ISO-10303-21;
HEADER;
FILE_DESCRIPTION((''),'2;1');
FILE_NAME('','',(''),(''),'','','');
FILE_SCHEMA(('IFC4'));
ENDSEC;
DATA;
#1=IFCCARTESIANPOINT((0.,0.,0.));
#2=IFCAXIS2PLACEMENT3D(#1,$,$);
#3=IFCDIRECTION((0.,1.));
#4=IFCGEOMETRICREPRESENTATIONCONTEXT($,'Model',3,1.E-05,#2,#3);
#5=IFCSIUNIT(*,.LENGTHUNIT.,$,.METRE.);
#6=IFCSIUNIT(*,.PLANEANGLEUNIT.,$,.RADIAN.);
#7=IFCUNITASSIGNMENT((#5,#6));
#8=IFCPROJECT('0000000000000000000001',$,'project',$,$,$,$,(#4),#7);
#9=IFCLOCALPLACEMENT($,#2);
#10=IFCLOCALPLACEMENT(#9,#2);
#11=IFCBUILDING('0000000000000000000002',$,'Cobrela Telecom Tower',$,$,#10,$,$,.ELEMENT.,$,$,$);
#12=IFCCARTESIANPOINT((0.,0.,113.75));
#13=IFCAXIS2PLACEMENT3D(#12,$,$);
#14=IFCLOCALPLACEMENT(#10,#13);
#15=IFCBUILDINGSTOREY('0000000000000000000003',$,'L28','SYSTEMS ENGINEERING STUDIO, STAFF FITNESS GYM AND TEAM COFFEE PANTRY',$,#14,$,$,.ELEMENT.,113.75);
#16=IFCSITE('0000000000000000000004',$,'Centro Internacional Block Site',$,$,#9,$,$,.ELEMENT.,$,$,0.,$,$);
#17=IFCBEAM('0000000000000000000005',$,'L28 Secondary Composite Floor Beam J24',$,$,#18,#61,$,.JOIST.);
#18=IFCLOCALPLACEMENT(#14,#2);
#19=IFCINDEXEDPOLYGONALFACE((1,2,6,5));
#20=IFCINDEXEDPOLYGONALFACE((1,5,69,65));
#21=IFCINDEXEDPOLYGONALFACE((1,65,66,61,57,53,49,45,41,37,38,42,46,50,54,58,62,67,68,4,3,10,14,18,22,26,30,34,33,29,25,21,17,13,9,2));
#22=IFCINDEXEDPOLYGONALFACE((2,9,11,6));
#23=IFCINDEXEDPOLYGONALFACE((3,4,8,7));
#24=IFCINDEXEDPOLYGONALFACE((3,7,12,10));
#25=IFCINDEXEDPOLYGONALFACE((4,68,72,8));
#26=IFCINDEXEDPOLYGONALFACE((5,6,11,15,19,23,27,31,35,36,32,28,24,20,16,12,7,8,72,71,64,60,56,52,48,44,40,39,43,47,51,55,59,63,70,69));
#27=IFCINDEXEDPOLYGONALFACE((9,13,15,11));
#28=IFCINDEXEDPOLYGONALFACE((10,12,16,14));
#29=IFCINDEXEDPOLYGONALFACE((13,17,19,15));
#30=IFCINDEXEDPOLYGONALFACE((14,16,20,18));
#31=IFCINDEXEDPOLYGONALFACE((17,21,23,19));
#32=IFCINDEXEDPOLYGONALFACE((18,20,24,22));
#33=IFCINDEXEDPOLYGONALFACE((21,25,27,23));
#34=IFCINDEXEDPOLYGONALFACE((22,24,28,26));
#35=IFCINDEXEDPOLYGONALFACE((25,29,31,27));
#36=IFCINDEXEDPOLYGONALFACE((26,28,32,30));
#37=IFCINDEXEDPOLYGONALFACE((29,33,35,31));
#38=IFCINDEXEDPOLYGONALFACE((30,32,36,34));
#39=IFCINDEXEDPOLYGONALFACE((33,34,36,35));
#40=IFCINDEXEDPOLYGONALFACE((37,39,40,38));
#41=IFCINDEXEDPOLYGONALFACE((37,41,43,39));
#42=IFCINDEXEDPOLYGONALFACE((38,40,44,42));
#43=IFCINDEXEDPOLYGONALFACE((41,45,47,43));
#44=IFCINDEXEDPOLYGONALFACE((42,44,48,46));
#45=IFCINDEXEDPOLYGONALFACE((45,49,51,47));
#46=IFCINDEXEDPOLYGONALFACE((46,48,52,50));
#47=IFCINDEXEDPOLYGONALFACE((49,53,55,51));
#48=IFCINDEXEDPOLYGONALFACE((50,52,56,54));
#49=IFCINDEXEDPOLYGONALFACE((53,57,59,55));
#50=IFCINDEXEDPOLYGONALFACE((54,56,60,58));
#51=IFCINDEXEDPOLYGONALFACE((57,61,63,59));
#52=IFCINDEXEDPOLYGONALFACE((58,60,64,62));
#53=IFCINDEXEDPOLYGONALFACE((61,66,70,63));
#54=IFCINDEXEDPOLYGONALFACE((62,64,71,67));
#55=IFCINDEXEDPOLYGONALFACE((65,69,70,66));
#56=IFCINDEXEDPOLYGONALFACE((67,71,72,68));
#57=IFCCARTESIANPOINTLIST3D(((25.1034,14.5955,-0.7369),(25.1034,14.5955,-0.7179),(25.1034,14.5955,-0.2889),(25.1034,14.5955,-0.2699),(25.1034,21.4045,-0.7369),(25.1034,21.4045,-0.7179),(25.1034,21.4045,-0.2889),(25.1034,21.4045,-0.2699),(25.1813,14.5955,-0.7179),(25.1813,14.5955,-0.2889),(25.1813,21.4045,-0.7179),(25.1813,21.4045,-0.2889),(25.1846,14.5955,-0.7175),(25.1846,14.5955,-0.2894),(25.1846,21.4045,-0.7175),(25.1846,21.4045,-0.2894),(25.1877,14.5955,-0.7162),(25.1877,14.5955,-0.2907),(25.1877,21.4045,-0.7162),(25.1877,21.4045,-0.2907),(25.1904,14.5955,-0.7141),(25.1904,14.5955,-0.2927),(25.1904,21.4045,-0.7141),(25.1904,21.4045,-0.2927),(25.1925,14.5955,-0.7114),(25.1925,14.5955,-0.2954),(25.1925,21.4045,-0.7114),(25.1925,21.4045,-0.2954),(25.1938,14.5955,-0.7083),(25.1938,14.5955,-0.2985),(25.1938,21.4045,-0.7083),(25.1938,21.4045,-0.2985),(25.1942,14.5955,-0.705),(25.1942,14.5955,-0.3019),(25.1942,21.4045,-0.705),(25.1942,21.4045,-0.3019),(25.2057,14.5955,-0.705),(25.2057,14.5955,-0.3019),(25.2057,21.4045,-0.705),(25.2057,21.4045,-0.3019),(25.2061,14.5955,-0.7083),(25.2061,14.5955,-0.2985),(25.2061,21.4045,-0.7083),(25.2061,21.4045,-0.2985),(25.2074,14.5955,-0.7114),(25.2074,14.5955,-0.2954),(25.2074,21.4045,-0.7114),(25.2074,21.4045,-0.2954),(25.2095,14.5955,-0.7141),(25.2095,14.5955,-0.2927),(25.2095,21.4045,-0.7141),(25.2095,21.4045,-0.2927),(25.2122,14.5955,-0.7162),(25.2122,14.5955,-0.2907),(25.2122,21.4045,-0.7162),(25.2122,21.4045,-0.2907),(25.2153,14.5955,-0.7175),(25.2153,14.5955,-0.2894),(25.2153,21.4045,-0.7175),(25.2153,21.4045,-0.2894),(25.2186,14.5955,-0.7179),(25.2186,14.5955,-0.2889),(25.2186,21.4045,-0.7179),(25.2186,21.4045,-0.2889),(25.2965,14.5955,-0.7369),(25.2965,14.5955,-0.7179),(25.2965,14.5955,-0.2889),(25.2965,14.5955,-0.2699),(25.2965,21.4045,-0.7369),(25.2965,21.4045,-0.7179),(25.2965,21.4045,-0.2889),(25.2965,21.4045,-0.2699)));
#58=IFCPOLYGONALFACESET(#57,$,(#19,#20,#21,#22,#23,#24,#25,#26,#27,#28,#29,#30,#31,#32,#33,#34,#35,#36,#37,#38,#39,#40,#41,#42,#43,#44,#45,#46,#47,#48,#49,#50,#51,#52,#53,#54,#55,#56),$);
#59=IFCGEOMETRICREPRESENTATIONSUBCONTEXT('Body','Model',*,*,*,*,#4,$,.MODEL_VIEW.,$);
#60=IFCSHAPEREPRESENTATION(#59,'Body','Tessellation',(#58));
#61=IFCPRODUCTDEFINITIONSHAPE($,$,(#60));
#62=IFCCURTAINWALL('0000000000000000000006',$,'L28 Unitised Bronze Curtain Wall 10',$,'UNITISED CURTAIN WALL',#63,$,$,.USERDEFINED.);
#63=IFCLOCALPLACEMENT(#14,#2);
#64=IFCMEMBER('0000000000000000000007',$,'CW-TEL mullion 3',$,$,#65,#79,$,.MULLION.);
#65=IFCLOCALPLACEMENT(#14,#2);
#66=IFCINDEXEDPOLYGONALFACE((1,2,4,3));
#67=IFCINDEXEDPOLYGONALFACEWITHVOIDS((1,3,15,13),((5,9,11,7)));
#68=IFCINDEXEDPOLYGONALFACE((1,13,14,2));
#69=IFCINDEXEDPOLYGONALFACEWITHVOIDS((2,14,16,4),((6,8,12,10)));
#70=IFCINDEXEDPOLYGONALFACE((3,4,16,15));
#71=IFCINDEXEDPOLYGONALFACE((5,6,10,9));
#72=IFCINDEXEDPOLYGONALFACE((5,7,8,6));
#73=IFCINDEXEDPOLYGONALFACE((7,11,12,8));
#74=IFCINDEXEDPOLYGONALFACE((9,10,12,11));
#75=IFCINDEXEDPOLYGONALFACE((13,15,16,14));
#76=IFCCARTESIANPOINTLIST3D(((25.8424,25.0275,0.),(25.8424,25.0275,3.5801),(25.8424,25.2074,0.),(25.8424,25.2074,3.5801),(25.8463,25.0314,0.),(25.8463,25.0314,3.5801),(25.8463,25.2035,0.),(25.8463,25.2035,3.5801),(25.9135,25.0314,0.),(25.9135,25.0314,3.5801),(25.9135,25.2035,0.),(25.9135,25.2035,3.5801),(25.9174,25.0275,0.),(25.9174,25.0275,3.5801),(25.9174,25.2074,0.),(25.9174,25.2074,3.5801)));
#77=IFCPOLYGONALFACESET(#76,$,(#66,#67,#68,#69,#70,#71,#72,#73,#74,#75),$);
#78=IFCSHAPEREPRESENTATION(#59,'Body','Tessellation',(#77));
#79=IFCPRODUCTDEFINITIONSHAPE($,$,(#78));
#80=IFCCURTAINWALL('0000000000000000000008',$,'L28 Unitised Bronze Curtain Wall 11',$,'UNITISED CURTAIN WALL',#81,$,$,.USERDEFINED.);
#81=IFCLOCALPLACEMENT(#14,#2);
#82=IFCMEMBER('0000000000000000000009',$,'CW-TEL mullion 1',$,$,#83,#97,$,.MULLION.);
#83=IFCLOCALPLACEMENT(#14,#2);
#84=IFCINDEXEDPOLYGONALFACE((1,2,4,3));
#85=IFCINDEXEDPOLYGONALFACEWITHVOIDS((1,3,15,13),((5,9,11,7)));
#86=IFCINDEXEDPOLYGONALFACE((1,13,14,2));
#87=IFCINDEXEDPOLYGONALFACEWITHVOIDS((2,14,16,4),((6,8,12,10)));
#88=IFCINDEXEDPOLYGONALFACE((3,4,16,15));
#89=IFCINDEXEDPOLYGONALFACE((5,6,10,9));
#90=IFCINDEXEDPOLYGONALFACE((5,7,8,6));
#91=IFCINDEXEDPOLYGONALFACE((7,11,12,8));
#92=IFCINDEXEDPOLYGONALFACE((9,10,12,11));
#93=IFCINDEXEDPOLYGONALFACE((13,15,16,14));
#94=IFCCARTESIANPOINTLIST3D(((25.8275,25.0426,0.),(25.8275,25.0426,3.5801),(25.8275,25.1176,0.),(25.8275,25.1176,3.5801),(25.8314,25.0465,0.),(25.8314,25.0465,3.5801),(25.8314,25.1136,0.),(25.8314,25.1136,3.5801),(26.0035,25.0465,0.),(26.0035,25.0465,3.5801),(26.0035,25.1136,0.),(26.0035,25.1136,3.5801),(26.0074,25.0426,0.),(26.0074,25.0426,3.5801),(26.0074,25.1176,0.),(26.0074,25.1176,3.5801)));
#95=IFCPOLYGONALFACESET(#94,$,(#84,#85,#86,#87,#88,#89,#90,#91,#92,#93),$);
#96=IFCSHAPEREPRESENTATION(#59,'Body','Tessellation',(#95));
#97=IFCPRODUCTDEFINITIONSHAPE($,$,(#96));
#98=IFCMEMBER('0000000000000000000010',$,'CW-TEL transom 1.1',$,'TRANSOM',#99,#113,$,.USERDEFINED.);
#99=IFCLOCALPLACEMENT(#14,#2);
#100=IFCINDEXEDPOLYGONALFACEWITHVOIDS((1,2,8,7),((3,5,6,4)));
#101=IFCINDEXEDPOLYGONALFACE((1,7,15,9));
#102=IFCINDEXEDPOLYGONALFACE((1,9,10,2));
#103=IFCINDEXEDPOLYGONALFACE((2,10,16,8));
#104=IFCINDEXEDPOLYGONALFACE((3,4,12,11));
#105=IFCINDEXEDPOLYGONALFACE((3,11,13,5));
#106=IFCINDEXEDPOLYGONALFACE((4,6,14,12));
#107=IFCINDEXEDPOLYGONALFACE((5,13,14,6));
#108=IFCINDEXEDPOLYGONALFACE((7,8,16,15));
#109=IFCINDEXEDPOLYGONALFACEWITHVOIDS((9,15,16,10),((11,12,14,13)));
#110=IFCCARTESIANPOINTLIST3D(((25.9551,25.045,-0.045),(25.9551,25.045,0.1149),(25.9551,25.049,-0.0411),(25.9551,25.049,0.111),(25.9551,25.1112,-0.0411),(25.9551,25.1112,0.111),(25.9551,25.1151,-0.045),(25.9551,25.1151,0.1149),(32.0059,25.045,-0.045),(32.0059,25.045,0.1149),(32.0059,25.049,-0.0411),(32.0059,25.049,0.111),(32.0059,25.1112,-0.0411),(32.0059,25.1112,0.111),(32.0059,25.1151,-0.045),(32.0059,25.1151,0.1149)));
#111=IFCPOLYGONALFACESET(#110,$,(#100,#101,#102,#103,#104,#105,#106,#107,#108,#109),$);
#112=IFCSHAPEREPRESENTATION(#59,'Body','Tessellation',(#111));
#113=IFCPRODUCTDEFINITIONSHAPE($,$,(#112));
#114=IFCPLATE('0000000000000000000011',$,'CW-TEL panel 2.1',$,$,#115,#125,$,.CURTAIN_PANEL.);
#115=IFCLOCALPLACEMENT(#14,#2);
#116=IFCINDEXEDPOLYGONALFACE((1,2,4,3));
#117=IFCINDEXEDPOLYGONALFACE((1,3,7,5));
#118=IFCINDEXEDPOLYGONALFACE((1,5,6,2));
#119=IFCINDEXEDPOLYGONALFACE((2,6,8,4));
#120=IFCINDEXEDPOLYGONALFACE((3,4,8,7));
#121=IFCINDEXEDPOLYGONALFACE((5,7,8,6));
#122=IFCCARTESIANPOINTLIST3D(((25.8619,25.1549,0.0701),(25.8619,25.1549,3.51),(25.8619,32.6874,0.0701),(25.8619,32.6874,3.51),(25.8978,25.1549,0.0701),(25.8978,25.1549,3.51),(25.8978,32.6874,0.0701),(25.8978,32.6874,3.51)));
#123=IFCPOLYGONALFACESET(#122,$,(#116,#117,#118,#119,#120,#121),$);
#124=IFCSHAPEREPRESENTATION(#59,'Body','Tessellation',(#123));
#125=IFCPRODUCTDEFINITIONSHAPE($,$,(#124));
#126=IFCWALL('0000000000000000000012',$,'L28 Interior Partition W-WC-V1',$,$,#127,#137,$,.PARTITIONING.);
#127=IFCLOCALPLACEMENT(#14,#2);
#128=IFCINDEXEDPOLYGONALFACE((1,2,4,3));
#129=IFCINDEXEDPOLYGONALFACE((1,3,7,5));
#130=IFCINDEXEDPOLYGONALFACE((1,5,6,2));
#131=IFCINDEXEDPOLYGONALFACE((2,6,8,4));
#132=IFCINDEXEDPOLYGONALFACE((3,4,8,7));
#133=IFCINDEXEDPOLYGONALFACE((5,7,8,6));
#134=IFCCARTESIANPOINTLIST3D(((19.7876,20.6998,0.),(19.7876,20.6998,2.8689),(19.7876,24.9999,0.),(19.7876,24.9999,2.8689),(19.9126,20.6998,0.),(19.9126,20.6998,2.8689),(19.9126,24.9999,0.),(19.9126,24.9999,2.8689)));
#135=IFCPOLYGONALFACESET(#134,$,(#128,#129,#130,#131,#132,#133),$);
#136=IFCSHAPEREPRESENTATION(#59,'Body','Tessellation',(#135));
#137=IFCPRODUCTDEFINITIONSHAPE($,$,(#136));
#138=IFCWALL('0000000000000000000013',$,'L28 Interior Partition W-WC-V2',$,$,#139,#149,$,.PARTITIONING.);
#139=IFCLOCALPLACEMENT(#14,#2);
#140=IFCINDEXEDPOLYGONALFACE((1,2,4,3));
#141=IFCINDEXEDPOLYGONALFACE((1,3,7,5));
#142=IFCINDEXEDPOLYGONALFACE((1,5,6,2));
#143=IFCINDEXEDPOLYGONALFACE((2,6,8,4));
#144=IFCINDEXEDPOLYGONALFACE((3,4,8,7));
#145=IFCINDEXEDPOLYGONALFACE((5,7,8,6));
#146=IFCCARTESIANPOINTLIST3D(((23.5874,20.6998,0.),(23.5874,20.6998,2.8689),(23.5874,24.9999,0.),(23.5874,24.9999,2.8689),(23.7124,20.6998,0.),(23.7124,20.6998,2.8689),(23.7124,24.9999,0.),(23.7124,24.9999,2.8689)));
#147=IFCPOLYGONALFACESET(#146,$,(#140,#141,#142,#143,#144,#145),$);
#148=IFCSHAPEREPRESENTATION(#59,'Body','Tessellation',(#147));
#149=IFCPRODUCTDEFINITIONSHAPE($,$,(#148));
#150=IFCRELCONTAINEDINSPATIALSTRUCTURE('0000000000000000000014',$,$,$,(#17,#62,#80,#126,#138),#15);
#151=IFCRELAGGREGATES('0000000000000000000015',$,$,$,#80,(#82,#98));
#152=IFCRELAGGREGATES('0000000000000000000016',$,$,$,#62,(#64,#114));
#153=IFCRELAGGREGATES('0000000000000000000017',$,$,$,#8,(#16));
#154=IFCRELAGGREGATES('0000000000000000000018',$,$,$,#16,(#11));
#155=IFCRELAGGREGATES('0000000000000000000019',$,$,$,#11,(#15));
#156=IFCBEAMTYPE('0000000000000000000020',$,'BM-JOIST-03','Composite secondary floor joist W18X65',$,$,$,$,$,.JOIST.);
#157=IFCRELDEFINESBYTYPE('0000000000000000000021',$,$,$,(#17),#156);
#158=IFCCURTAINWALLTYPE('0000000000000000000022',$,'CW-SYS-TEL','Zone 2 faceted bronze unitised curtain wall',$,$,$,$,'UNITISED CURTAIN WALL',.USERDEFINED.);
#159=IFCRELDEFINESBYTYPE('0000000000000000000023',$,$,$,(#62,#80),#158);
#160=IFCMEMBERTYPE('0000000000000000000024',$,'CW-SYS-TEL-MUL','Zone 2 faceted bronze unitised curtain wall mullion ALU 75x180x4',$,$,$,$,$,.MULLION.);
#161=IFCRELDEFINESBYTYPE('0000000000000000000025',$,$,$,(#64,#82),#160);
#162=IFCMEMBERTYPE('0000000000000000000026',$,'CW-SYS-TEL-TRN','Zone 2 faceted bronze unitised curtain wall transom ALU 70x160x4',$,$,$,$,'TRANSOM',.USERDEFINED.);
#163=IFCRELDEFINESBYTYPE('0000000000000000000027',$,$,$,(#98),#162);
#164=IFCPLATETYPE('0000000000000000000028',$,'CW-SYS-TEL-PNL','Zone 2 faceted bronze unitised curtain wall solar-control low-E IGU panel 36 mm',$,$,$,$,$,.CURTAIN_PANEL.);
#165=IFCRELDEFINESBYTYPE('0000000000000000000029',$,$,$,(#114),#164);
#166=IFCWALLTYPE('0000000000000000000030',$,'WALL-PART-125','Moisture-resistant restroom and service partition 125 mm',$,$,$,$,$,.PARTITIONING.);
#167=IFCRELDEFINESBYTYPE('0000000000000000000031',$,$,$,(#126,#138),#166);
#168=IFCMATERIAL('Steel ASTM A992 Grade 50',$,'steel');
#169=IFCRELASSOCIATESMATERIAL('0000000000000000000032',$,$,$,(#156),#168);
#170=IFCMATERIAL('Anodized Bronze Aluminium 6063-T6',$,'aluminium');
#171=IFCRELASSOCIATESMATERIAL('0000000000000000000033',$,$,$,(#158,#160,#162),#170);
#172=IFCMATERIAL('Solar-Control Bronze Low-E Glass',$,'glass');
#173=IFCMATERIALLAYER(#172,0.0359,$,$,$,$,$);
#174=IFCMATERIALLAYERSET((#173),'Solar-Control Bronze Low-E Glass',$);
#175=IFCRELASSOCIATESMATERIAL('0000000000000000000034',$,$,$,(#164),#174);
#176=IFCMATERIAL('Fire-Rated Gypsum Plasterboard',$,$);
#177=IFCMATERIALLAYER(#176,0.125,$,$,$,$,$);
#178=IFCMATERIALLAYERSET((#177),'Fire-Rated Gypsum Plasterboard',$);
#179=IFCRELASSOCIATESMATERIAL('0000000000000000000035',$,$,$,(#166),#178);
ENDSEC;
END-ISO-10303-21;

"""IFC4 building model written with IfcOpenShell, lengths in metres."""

from ifc_helpers import new_model, si_unit, direction, frame, frame_2d, origin, origin_2d, place, context, subcontext, project, spatial, rectangle, hollow_rectangle, i_section, extrude, material, layer, layer_set, material_profile, profile_set, type_object, element, aggregate, save


model = new_model("IFC4")

# Units and contexts
model_context = context("Model", 3, precision=1e-05, world=origin(), true_north=direction((0.0, 1.0)))
body_context = subcontext(model_context, "Body", "Model", "MODEL_VIEW")
ifc_project = project(units=[si_unit("LENGTHUNIT", "METRE"), si_unit("PLANEANGLEUNIT", "RADIAN")], contexts=[model_context])

# Site, building, storey
site_placement = place(None, origin())
site = spatial("IfcSite", under=ifc_project, at=site_placement, Name="Centro Internacional Block Site", CompositionType="ELEMENT", RefElevation=0.0)
building_placement = place(site_placement, origin())
building = spatial("IfcBuilding", under=site, at=building_placement, Name="Cobrela Telecom Tower", CompositionType="ELEMENT")
storey_placement = place(building_placement, frame((0.0, 0.0, 113.75)))
storey = spatial("IfcBuildingStorey", under=building, at=storey_placement, Name="L28", Description="SYSTEMS ENGINEERING STUDIO, STAFF FITNESS GYM AND TEAM COFFEE PANTRY", CompositionType="ELEMENT", Elevation=113.75)

# Shared definitions
ifc_material_1 = material(Name="Steel ASTM A992 Grade 50", Category="steel")

# Beam
ifc_material_profile_1 = material_profile(ifc_material_1, i_section(OverallWidth=0.1931, OverallDepth=0.467, WebThickness=0.0115, FlangeThickness=0.019, FilletRadius=0.0129, at=origin_2d()), Name="W18X65")
ifc_profile_set_1 = profile_set([ifc_material_profile_1], Name="Steel ASTM A992 Grade 50")
beam_type_1 = type_object("IfcBeamType", Name="BM-JOIST-03", Description="Composite secondary floor joist W18X65", PredefinedType="JOIST", material=ifc_profile_set_1)
beam_1_placement = place(storey_placement, frame((25.2, 14.5955, -0.5034), z_axis=(0.0, 1.0, 0.0), x_axis=(-1.0, 0.0, 0.0)))
element("IfcBeam", 1, at=beam_1_placement, inside=storey, type_object=beam_type_1, Name="L28 Secondary Composite Floor Beam J24", PredefinedType="JOIST", context=body_context, shape_type="SweptSolid", body=[
    extrude(i_section(OverallWidth=0.1931, OverallDepth=0.467, WebThickness=0.0115, FlangeThickness=0.019, FilletRadius=0.0129, at=origin_2d()), origin(), (0.0, 0.0, 1.0), 6.8091),
])

# Curtain wall, member
ifc_material_2 = material(Name="Anodized Bronze Aluminium 6063-T6", Category="aluminium")
curtain_wall_type = type_object("IfcCurtainWallType", Name="CW-SYS-TEL", Description="Zone 2 faceted bronze unitised curtain wall", ElementType="UNITISED CURTAIN WALL", PredefinedType="USERDEFINED", material=ifc_material_2)
curtain_wall_1_placement = place(storey_placement, origin())
curtain_wall_1 = element("IfcCurtainWall", 2, at=curtain_wall_1_placement, inside=storey, type_object=curtain_wall_type, Name="L28 Unitised Bronze Curtain Wall 10", ObjectType="UNITISED CURTAIN WALL", PredefinedType="USERDEFINED")
ifc_material_profile_2 = material_profile(ifc_material_2, hollow_rectangle(XDim=0.075, YDim=0.1799, WallThickness=0.0039, at=origin_2d()), Name="ALU 75x180x4")
ifc_profile_set_2 = profile_set([ifc_material_profile_2], Name="Anodized Bronze Aluminium 6063-T6")
member_type_1 = type_object("IfcMemberType", Name="CW-SYS-TEL-MUL", Description="Zone 2 faceted bronze unitised curtain wall mullion ALU 75x180x4", PredefinedType="MULLION", material=ifc_profile_set_2)
member_1_placement = place(storey_placement, frame((25.8799, 25.1174, 0.0), z_axis=(0.0, 0.0, 1.0), x_axis=(1.0, 0.0, 0.0)))
member_1 = element("IfcMember", 3, at=member_1_placement, type_object=member_type_1, Name="CW-TEL mullion 3", PredefinedType="MULLION", context=body_context, shape_type="SweptSolid", body=[
    extrude(hollow_rectangle(XDim=0.075, YDim=0.1799, WallThickness=0.0039, at=origin_2d()), origin(), (0.0, 0.0, 1.0), 3.5801),
])

# Curtain wall, members
curtain_wall_2_placement = place(storey_placement, origin())
curtain_wall_2 = element("IfcCurtainWall", 4, at=curtain_wall_2_placement, inside=storey, type_object=curtain_wall_type, Name="L28 Unitised Bronze Curtain Wall 11", ObjectType="UNITISED CURTAIN WALL", PredefinedType="USERDEFINED")
member_2_placement = place(storey_placement, frame((25.9175, 25.0801, 0.0), z_axis=(0.0, 0.0, 1.0), x_axis=(0.0, 1.0, 0.0)))
member_2 = element("IfcMember", 5, at=member_2_placement, type_object=member_type_1, Name="CW-TEL mullion 1", PredefinedType="MULLION", context=body_context, shape_type="SweptSolid", body=[
    extrude(hollow_rectangle(XDim=0.075, YDim=0.1799, WallThickness=0.0039, at=origin_2d()), origin(), (0.0, 0.0, 1.0), 3.5801),
])
ifc_material_profile_3 = material_profile(ifc_material_2, hollow_rectangle(XDim=0.0701, YDim=0.1599, WallThickness=0.0039, at=origin_2d()), Name="ALU 70x160x4")
ifc_profile_set_3 = profile_set([ifc_material_profile_3], Name="Anodized Bronze Aluminium 6063-T6")
member_type_2 = type_object("IfcMemberType", Name="CW-SYS-TEL-TRN", Description="Zone 2 faceted bronze unitised curtain wall transom ALU 70x160x4", ElementType="TRANSOM", PredefinedType="USERDEFINED", material=ifc_profile_set_3)
member_3_placement = place(storey_placement, frame((25.9551, 25.0801, 0.0349), z_axis=(1.0, 0.0, 0.0), x_axis=(0.0, 1.0, 0.0)))
member_3 = element("IfcMember", 6, at=member_3_placement, type_object=member_type_2, Name="CW-TEL transom 1.1", ObjectType="TRANSOM", PredefinedType="USERDEFINED", context=body_context, shape_type="SweptSolid", body=[
    extrude(hollow_rectangle(XDim=0.0701, YDim=0.1599, WallThickness=0.0039, at=origin_2d()), origin(), (0.0, 0.0, 1.0), 6.0508),
])
aggregate(curtain_wall_2, [member_2, member_3])

# Plate
ifc_material_3 = material(Name="Solar-Control Bronze Low-E Glass", Category="glass")
ifc_layer_1 = layer(ifc_material_3, 0.0359)
ifc_layer_set_1 = layer_set([ifc_layer_1], Name="Solar-Control Bronze Low-E Glass")
plate_type = type_object("IfcPlateType", Name="CW-SYS-TEL-PNL", Description="Zone 2 faceted bronze unitised curtain wall solar-control low-E IGU panel 36 mm", PredefinedType="CURTAIN_PANEL", material=ifc_layer_set_1)
plate_placement = place(storey_placement, frame((25.8799, 28.9211, 0.0701), z_axis=(0.0, 0.0, 1.0), x_axis=(0.0, -1.0, 0.0)))
plate = element("IfcPlate", 7, at=plate_placement, type_object=plate_type, Name="CW-TEL panel 2.1", PredefinedType="CURTAIN_PANEL", context=body_context, shape_type="SweptSolid", body=[
    extrude(rectangle(XDim=7.5325, YDim=0.0359, at=origin_2d()), origin(), (0.0, 0.0, 1.0), 3.4399),
])
aggregate(curtain_wall_1, [member_1, plate])

# Walls
ifc_material_4 = material(Name="Fire-Rated Gypsum Plasterboard")
ifc_layer_2 = layer(ifc_material_4, 0.125)
ifc_layer_set_2 = layer_set([ifc_layer_2], Name="Fire-Rated Gypsum Plasterboard")
wall_type = type_object("IfcWallType", Name="WALL-PART-125", Description="Moisture-resistant restroom and service partition 125 mm", PredefinedType="PARTITIONING", material=ifc_layer_set_2)
for number, where, z_axis, x_axis, name in (
    (8, (19.8501, 20.7, 0.0), (0.0, 0.0, 1.0), (0.0, 1.0, 0.0), "L28 Interior Partition W-WC-V1"),
    (9, (23.6499, 20.7, 0.0), (0.0, 0.0, 1.0), (0.0, 1.0, 0.0), "L28 Interior Partition W-WC-V2"),
):
    element("IfcWall", number, at=place(storey_placement, frame(where, z_axis=z_axis, x_axis=x_axis)), inside=storey, type_object=wall_type, Name=name, PredefinedType="PARTITIONING", context=body_context, shape_type="SweptSolid", body=[
        extrude(rectangle(XDim=4.3, YDim=0.125, at=frame_2d((2.1499, 0.0))), origin(), (0.0, 0.0, 1.0), 2.8689),
    ])

save(model, "model.ifc")
